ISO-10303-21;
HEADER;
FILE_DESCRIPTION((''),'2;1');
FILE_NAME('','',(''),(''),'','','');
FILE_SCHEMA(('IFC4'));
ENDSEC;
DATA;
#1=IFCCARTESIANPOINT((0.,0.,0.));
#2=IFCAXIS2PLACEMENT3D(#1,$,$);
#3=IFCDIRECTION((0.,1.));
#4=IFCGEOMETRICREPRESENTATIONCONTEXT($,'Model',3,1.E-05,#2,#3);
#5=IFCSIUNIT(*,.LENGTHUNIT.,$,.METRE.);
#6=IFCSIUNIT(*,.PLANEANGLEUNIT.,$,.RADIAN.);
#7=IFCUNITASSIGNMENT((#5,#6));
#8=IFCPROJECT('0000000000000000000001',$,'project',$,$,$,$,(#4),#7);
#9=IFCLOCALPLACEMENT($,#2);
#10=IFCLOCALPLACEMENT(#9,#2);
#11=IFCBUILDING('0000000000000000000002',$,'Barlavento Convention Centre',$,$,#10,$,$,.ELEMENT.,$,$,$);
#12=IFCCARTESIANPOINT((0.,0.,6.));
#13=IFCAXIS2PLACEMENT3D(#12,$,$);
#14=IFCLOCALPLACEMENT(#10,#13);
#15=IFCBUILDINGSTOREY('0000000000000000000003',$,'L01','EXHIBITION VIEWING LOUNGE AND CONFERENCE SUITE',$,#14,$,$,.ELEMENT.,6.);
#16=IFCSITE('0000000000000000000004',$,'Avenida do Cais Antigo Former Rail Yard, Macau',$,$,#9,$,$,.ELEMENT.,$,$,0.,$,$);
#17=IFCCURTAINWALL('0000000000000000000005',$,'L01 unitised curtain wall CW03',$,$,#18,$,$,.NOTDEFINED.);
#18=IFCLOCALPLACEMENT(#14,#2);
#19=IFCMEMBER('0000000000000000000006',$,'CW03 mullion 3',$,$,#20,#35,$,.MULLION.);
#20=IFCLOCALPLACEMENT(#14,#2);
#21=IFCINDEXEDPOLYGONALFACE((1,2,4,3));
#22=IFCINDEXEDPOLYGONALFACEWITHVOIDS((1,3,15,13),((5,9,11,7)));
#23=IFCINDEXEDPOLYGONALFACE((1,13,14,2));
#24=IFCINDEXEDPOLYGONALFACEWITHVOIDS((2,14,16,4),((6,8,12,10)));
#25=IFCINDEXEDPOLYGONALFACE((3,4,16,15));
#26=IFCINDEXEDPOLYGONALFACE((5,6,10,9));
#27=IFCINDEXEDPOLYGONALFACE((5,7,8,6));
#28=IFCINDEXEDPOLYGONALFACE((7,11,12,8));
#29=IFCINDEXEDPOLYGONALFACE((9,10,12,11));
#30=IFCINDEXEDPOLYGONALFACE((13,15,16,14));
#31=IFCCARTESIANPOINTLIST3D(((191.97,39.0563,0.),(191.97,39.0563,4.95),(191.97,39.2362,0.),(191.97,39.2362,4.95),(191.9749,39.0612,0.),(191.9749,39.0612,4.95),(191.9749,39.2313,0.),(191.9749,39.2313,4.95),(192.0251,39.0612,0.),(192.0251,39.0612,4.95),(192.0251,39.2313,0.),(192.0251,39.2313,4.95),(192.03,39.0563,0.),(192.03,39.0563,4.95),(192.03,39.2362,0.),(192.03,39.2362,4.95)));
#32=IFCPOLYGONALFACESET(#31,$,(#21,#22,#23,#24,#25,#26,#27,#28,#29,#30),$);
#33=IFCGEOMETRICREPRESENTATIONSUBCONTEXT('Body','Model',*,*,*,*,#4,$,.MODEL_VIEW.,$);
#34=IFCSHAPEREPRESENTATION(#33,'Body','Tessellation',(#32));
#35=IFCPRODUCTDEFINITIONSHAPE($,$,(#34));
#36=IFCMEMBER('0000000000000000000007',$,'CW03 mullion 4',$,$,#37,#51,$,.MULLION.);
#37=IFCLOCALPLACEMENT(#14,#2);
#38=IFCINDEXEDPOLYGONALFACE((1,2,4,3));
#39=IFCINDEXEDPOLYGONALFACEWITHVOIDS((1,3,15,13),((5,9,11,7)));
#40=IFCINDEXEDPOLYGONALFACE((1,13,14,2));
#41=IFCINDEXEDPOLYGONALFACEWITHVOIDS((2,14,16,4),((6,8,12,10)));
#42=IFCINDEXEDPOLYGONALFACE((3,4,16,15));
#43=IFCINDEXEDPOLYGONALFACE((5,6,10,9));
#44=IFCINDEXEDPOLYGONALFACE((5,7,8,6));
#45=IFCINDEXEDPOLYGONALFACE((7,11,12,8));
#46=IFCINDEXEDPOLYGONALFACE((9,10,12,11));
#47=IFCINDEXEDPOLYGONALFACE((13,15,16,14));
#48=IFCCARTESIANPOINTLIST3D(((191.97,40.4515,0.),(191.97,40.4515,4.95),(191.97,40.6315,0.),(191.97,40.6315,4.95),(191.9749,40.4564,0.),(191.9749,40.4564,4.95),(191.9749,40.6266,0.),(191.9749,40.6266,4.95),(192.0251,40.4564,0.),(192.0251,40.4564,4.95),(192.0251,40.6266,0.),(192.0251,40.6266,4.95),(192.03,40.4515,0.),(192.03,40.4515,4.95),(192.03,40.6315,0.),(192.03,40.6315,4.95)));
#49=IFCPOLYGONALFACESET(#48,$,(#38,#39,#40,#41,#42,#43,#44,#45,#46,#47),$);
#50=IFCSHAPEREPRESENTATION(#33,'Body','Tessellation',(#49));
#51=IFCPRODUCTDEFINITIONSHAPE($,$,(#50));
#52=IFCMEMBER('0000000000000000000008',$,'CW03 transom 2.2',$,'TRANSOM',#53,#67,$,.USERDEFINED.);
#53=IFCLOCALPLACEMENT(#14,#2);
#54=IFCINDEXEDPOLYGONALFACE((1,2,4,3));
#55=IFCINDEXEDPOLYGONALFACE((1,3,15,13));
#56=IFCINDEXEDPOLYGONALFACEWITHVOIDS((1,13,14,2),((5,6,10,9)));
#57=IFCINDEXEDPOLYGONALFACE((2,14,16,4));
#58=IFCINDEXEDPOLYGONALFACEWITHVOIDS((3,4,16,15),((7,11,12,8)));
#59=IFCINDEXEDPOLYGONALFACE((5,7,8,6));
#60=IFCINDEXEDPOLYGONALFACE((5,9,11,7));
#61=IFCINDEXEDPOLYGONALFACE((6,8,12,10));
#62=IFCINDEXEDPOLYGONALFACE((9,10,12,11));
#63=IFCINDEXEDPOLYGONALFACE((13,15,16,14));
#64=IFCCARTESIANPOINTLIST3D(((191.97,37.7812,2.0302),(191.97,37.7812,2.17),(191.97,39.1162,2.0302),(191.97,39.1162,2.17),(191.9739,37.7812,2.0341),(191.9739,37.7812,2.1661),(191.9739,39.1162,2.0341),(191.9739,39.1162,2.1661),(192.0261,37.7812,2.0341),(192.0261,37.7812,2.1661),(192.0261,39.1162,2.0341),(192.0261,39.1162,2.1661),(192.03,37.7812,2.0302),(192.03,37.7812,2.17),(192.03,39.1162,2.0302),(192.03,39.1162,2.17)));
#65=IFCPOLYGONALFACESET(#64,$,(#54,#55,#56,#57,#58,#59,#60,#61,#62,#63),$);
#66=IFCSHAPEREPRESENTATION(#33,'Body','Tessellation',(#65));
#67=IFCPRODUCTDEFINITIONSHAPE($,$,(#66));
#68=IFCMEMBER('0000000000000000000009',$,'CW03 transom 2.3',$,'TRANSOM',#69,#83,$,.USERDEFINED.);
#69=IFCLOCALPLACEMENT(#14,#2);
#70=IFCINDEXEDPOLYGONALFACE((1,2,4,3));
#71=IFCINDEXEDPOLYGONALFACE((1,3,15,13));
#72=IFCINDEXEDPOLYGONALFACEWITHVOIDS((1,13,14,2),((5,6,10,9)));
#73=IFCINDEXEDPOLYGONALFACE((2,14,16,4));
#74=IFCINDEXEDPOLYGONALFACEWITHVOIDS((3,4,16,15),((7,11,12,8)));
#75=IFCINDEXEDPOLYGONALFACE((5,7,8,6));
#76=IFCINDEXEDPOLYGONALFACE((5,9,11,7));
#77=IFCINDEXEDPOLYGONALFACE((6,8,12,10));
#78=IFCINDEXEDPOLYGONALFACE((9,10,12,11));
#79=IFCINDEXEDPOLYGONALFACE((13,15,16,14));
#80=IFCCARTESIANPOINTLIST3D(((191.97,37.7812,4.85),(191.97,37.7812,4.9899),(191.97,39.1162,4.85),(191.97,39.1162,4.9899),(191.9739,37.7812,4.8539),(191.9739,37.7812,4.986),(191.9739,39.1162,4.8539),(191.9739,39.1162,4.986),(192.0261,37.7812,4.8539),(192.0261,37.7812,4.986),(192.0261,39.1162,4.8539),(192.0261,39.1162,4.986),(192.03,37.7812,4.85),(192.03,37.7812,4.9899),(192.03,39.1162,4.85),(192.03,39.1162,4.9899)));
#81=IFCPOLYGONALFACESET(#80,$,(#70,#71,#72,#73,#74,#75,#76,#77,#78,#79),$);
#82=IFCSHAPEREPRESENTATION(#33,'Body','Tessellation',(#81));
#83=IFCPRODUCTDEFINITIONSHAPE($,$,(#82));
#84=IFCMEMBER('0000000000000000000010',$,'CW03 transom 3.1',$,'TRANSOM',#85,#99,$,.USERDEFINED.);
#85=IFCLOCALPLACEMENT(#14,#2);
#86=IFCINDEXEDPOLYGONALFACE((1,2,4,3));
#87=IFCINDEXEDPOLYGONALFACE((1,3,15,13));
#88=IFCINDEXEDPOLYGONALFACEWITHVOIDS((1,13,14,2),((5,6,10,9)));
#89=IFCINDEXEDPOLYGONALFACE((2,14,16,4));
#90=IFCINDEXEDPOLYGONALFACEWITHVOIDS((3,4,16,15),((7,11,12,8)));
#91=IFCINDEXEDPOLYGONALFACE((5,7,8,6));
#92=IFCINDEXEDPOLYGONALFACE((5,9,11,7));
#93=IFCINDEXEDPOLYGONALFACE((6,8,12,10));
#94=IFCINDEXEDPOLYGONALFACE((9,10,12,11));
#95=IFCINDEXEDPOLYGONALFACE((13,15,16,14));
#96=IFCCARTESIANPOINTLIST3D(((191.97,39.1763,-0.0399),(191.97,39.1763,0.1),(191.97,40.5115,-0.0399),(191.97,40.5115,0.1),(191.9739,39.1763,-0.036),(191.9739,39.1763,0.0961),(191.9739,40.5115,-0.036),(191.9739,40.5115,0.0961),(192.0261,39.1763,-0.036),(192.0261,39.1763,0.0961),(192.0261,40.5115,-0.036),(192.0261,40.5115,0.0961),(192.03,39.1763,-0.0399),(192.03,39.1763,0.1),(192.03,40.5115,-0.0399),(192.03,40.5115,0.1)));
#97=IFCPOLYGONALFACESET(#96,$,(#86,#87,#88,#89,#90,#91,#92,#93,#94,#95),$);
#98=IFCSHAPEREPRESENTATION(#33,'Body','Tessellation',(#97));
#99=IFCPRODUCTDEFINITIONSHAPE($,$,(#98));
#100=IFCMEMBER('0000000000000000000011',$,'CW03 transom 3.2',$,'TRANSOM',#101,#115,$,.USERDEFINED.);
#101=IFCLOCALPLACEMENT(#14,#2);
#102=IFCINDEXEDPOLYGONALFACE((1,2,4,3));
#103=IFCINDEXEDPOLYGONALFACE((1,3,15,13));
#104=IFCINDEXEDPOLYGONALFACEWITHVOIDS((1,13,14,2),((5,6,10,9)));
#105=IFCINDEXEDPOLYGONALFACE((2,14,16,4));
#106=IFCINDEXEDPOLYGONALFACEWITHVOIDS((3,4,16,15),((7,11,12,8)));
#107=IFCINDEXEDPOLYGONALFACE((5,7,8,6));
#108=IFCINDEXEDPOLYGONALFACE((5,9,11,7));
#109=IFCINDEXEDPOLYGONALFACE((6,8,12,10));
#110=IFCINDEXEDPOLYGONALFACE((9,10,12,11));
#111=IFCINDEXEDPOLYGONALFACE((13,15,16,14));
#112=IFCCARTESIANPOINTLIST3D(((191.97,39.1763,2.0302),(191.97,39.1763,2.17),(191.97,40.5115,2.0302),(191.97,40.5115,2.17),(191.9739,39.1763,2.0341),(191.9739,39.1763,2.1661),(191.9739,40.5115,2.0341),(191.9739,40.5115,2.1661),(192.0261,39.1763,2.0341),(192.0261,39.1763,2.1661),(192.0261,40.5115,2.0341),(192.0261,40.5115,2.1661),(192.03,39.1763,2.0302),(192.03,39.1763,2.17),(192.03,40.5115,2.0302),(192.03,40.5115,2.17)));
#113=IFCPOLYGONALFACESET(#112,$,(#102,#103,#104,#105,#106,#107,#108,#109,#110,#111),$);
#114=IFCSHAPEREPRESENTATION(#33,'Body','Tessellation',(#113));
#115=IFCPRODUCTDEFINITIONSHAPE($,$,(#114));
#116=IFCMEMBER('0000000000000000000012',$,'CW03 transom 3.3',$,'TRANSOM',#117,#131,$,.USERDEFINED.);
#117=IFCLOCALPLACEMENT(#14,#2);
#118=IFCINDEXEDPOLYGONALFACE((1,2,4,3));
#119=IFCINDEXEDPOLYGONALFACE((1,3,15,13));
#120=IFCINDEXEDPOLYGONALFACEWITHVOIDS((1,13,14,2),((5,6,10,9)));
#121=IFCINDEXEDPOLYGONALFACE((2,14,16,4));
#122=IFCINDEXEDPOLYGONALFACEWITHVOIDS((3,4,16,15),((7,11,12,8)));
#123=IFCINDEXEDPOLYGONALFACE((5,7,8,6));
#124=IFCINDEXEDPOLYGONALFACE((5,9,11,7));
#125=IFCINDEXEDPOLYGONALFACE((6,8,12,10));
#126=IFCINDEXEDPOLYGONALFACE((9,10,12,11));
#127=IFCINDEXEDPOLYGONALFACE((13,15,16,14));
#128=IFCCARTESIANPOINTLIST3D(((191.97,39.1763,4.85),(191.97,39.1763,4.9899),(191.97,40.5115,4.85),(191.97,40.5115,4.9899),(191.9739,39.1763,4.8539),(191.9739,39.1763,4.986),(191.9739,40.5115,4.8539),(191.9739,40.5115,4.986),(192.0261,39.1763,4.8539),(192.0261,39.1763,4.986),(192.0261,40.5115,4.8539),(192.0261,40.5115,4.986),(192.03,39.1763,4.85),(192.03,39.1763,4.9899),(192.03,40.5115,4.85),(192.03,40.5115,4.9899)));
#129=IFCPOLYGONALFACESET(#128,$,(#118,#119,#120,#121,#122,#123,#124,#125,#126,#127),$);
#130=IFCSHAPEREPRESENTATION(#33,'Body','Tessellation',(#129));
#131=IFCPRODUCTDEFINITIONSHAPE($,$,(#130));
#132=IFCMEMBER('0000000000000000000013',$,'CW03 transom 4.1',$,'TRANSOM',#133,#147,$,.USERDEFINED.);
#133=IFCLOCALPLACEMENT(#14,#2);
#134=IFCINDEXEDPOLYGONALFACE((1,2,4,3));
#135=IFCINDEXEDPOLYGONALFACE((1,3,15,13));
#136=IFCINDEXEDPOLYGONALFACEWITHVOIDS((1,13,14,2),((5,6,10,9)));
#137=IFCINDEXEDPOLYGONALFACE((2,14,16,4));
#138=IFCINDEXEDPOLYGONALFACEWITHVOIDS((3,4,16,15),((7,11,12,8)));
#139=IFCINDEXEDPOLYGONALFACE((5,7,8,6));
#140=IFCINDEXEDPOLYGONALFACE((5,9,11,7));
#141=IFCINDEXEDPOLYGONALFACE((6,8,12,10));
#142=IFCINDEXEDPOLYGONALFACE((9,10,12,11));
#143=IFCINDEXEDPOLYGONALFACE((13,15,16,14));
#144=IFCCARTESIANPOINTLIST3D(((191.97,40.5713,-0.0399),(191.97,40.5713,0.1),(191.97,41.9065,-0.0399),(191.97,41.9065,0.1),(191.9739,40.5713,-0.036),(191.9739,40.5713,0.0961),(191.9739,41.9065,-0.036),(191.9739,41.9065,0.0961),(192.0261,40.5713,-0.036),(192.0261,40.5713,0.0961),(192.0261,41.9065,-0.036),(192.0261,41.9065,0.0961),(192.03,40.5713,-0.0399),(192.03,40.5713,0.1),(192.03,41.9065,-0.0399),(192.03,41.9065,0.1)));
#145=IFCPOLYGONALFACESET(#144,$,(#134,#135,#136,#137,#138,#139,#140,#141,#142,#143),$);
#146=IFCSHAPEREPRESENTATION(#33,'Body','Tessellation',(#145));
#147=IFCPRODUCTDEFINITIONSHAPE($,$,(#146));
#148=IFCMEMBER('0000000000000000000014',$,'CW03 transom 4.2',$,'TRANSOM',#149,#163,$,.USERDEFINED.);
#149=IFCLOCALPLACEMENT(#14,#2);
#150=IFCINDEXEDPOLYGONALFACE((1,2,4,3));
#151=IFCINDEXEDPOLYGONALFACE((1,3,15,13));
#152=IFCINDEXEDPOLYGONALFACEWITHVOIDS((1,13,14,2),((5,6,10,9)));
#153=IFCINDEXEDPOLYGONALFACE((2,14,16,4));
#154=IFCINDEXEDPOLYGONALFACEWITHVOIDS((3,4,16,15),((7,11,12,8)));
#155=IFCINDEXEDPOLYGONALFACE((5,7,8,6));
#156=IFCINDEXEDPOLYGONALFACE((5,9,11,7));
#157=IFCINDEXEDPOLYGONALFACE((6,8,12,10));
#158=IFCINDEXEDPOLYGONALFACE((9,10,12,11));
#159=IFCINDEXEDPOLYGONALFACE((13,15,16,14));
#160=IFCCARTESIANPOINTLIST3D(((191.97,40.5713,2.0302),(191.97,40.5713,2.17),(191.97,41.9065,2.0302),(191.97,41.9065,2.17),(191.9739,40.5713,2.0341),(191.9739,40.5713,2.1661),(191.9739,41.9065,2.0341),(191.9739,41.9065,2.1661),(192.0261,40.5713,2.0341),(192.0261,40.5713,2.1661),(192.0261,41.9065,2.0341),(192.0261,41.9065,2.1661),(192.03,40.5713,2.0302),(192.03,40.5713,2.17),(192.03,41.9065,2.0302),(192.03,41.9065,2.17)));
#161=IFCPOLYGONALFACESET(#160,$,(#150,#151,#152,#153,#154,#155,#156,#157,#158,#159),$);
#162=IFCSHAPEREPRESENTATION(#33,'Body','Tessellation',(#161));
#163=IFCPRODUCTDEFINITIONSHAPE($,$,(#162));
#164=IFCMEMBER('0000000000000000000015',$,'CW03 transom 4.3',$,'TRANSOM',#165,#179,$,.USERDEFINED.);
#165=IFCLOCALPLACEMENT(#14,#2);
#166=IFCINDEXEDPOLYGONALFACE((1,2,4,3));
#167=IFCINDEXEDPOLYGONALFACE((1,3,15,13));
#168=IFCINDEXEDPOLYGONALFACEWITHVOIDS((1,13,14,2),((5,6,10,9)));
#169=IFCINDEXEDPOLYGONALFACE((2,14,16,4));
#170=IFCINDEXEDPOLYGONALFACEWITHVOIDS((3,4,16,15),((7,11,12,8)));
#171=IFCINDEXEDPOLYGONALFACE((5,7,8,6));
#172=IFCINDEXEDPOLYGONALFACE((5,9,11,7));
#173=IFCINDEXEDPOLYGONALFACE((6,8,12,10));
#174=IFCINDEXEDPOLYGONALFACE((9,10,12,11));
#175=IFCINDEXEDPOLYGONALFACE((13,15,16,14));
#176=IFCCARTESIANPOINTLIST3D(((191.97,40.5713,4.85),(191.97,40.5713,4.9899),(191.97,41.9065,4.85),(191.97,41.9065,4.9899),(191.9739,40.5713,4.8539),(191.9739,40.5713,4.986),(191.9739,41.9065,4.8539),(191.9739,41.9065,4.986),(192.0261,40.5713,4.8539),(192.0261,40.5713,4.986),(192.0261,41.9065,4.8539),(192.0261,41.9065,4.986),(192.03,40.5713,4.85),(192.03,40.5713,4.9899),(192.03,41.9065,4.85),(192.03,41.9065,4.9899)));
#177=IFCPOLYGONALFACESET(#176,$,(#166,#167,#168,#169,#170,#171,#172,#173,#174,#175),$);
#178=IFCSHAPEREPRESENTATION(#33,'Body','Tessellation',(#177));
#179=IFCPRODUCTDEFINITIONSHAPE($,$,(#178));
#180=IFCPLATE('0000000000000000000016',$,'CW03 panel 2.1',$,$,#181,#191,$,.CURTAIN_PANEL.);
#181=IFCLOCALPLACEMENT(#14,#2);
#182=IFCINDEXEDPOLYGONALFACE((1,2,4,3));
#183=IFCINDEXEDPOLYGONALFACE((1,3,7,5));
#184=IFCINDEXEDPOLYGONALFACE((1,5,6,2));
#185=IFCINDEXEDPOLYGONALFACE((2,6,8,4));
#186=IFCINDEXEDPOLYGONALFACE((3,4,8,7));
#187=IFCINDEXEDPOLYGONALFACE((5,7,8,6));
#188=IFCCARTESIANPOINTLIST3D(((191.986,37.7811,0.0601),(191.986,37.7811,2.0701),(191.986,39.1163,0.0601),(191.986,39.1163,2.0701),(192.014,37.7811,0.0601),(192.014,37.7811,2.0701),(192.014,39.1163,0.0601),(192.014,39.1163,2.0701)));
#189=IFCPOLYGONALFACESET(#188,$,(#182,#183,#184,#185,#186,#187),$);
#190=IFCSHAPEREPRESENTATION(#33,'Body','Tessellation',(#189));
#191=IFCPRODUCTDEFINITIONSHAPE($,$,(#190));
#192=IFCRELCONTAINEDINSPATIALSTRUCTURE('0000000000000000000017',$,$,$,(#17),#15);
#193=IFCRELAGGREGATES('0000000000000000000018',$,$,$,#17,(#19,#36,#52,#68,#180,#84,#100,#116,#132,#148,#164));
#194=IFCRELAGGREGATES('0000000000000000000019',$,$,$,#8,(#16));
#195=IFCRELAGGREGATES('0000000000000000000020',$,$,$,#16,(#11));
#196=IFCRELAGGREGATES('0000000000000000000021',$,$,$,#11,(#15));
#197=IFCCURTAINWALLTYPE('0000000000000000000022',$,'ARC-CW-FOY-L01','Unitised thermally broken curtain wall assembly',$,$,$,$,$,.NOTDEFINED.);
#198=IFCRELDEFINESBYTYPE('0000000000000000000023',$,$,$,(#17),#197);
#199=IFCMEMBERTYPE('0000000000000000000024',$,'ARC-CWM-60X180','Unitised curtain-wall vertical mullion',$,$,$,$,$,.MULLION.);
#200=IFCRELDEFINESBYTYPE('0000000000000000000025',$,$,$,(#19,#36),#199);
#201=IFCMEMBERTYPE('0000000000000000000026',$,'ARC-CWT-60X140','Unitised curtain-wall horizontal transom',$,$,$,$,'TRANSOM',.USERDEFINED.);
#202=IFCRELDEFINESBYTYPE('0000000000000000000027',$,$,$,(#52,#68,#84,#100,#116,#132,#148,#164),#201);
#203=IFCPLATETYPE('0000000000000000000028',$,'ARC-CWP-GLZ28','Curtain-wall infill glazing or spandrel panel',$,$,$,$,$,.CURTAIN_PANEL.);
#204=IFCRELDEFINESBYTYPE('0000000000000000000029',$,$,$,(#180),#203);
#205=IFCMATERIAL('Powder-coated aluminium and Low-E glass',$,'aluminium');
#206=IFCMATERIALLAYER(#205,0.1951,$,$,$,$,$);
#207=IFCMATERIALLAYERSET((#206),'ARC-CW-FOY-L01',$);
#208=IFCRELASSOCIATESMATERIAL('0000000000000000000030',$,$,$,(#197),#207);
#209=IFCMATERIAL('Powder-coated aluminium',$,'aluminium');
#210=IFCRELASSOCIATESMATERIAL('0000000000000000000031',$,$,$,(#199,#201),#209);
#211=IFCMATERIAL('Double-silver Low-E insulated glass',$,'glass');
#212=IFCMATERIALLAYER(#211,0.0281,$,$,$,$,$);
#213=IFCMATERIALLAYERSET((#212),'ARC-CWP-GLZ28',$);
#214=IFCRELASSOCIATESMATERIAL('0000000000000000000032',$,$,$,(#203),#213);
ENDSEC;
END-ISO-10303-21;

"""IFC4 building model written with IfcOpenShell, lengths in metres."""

from ifc_helpers import new_model, si_unit, direction, frame, origin, origin_2d, place, context, subcontext, project, spatial, rectangle, hollow_rectangle, extrude, material, layer, layer_set, material_profile, profile_set, type_object, element, aggregate, save


model = new_model("IFC4")

# Units and contexts
model_context = context("Model", 3, precision=1e-05, world=origin(), true_north=direction((0.0, 1.0)))
body_context = subcontext(model_context, "Body", "Model", "MODEL_VIEW")
ifc_project = project(units=[si_unit("LENGTHUNIT", "METRE"), si_unit("PLANEANGLEUNIT", "RADIAN")], contexts=[model_context])

# Site, building, storey
site_placement = place(None, origin())
site = spatial("IfcSite", under=ifc_project, at=site_placement, Name="Avenida do Cais Antigo Former Rail Yard, Macau", CompositionType="ELEMENT", RefElevation=0.0)
building_placement = place(site_placement, origin())
building = spatial("IfcBuilding", under=site, at=building_placement, Name="Barlavento Convention Centre", CompositionType="ELEMENT")
storey_placement = place(building_placement, frame((0.0, 0.0, 6.0)))
storey = spatial("IfcBuildingStorey", under=building, at=storey_placement, Name="L01", Description="EXHIBITION VIEWING LOUNGE AND CONFERENCE SUITE", CompositionType="ELEMENT", Elevation=6.0)

# Curtain wall, members, plate
ifc_material_1 = material(Name="Powder-coated aluminium and Low-E glass", Category="aluminium")
ifc_layer_1 = layer(ifc_material_1, 0.1951)
ifc_layer_set_1 = layer_set([ifc_layer_1], Name="ARC-CW-FOY-L01")
curtain_wall_type = type_object("IfcCurtainWallType", Name="ARC-CW-FOY-L01", Description="Unitised thermally broken curtain wall assembly", PredefinedType="NOTDEFINED", material=ifc_layer_set_1)
curtain_wall_placement = place(storey_placement, origin())
curtain_wall = element("IfcCurtainWall", 1, at=curtain_wall_placement, inside=storey, type_object=curtain_wall_type, Name="L01 unitised curtain wall CW03", PredefinedType="NOTDEFINED")
ifc_material_2 = material(Name="Powder-coated aluminium", Category="aluminium")
ifc_material_profile_1 = material_profile(ifc_material_2, hollow_rectangle(XDim=0.0601, YDim=0.1799, WallThickness=0.0049, at=origin_2d()), Name="AL-MULL 60x180x5")
ifc_profile_set_1 = profile_set([ifc_material_profile_1], Name="Powder-coated aluminium")
member_type_1 = type_object("IfcMemberType", Name="ARC-CWM-60X180", Description="Unitised curtain-wall vertical mullion", PredefinedType="MULLION", material=ifc_profile_set_1)
member_1_placement = place(storey_placement, frame((192.0, 39.1462, 0.0), z_axis=(0.0, 0.0, 1.0), x_axis=(-1.0, 0.0, 0.0)))
member_1 = element("IfcMember", 2, at=member_1_placement, type_object=member_type_1, Name="CW03 mullion 3", PredefinedType="MULLION", context=body_context, shape_type="SweptSolid", body=[
    extrude(hollow_rectangle(XDim=0.0601, YDim=0.1799, WallThickness=0.0049, at=origin_2d()), origin(), (0.0, 0.0, 1.0), 4.95),
])
member_2_placement = place(storey_placement, frame((192.0, 40.5415, 0.0), z_axis=(0.0, 0.0, 1.0), x_axis=(-1.0, 0.0, 0.0)))
member_2 = element("IfcMember", 3, at=member_2_placement, type_object=member_type_1, Name="CW03 mullion 4", PredefinedType="MULLION", context=body_context, shape_type="SweptSolid", body=[
    extrude(hollow_rectangle(XDim=0.0601, YDim=0.1799, WallThickness=0.0049, at=origin_2d()), origin(), (0.0, 0.0, 1.0), 4.95),
])
ifc_material_profile_2 = material_profile(ifc_material_2, hollow_rectangle(XDim=0.0601, YDim=0.1399, WallThickness=0.0039, at=origin_2d()), Name="AL-TRAN 60x140x4")
ifc_profile_set_2 = profile_set([ifc_material_profile_2], Name="Powder-coated aluminium")
member_type_2 = type_object("IfcMemberType", Name="ARC-CWT-60X140", Description="Unitised curtain-wall horizontal transom", ElementType="TRANSOM", PredefinedType="USERDEFINED", material=ifc_profile_set_2)
member_3_placement = place(storey_placement, frame((192.0, 37.7812, 2.1001), z_axis=(0.0, 1.0, 0.0), x_axis=(-1.0, 0.0, 0.0)))
member_3 = element("IfcMember", 4, at=member_3_placement, type_object=member_type_2, Name="CW03 transom 2.2", ObjectType="TRANSOM", PredefinedType="USERDEFINED", context=body_context, shape_type="SweptSolid", body=[
    extrude(hollow_rectangle(XDim=0.0601, YDim=0.1399, WallThickness=0.0039, at=origin_2d()), origin(), (0.0, 0.0, 1.0), 1.335),
])
member_4_placement = place(storey_placement, frame((192.0, 37.7812, 4.9199), z_axis=(0.0, 1.0, 0.0), x_axis=(-1.0, 0.0, 0.0)))
member_4 = element("IfcMember", 5, at=member_4_placement, type_object=member_type_2, Name="CW03 transom 2.3", ObjectType="TRANSOM", PredefinedType="USERDEFINED", context=body_context, shape_type="SweptSolid", body=[
    extrude(hollow_rectangle(XDim=0.0601, YDim=0.1399, WallThickness=0.0039, at=origin_2d()), origin(), (0.0, 0.0, 1.0), 1.335),
])
member_5_placement = place(storey_placement, frame((192.0, 39.1763, 0.03), z_axis=(0.0, 1.0, 0.0), x_axis=(-1.0, 0.0, 0.0)))
member_5 = element("IfcMember", 6, at=member_5_placement, type_object=member_type_2, Name="CW03 transom 3.1", ObjectType="TRANSOM", PredefinedType="USERDEFINED", context=body_context, shape_type="SweptSolid", body=[
    extrude(hollow_rectangle(XDim=0.0601, YDim=0.1399, WallThickness=0.0039, at=origin_2d()), origin(), (0.0, 0.0, 1.0), 1.3352),
])
member_6_placement = place(storey_placement, frame((192.0, 39.1763, 2.1001), z_axis=(0.0, 1.0, 0.0), x_axis=(-1.0, 0.0, 0.0)))
member_6 = element("IfcMember", 7, at=member_6_placement, type_object=member_type_2, Name="CW03 transom 3.2", ObjectType="TRANSOM", PredefinedType="USERDEFINED", context=body_context, shape_type="SweptSolid", body=[
    extrude(hollow_rectangle(XDim=0.0601, YDim=0.1399, WallThickness=0.0039, at=origin_2d()), origin(), (0.0, 0.0, 1.0), 1.3352),
])
member_7_placement = place(storey_placement, frame((192.0, 39.1763, 4.9199), z_axis=(0.0, 1.0, 0.0), x_axis=(-1.0, 0.0, 0.0)))
member_7 = element("IfcMember", 8, at=member_7_placement, type_object=member_type_2, Name="CW03 transom 3.3", ObjectType="TRANSOM", PredefinedType="USERDEFINED", context=body_context, shape_type="SweptSolid", body=[
    extrude(hollow_rectangle(XDim=0.0601, YDim=0.1399, WallThickness=0.0039, at=origin_2d()), origin(), (0.0, 0.0, 1.0), 1.3352),
])
member_8_placement = place(storey_placement, frame((192.0, 40.5713, 0.03), z_axis=(0.0, 1.0, 0.0), x_axis=(-1.0, 0.0, 0.0)))
member_8 = element("IfcMember", 9, at=member_8_placement, type_object=member_type_2, Name="CW03 transom 4.1", ObjectType="TRANSOM", PredefinedType="USERDEFINED", context=body_context, shape_type="SweptSolid", body=[
    extrude(hollow_rectangle(XDim=0.0601, YDim=0.1399, WallThickness=0.0039, at=origin_2d()), origin(), (0.0, 0.0, 1.0), 1.3352),
])
member_9_placement = place(storey_placement, frame((192.0, 40.5713, 2.1001), z_axis=(0.0, 1.0, 0.0), x_axis=(-1.0, 0.0, 0.0)))
member_9 = element("IfcMember", 10, at=member_9_placement, type_object=member_type_2, Name="CW03 transom 4.2", ObjectType="TRANSOM", PredefinedType="USERDEFINED", context=body_context, shape_type="SweptSolid", body=[
    extrude(hollow_rectangle(XDim=0.0601, YDim=0.1399, WallThickness=0.0039, at=origin_2d()), origin(), (0.0, 0.0, 1.0), 1.3352),
])
member_10_placement = place(storey_placement, frame((192.0, 40.5713, 4.9199), z_axis=(0.0, 1.0, 0.0), x_axis=(-1.0, 0.0, 0.0)))
member_10 = element("IfcMember", 11, at=member_10_placement, type_object=member_type_2, Name="CW03 transom 4.3", ObjectType="TRANSOM", PredefinedType="USERDEFINED", context=body_context, shape_type="SweptSolid", body=[
    extrude(hollow_rectangle(XDim=0.0601, YDim=0.1399, WallThickness=0.0039, at=origin_2d()), origin(), (0.0, 0.0, 1.0), 1.3352),
])
ifc_material_3 = material(Name="Double-silver Low-E insulated glass", Category="glass")
ifc_layer_2 = layer(ifc_material_3, 0.0281)
ifc_layer_set_2 = layer_set([ifc_layer_2], Name="ARC-CWP-GLZ28")
plate_type = type_object("IfcPlateType", Name="ARC-CWP-GLZ28", Description="Curtain-wall infill glazing or spandrel panel", PredefinedType="CURTAIN_PANEL", material=ifc_layer_set_2)
plate_1_placement = place(storey_placement, frame((192.0, 38.4487, 0.0601), z_axis=(0.0, 0.0, 1.0), x_axis=(0.0, 1.0, 0.0)))
plate_1 = element("IfcPlate", 12, at=plate_1_placement, type_object=plate_type, Name="CW03 panel 2.1", PredefinedType="CURTAIN_PANEL", context=body_context, shape_type="SweptSolid", body=[
    extrude(rectangle(XDim=1.3352, YDim=0.0281, at=origin_2d()), origin(), (0.0, 0.0, 1.0), 2.01),
])
aggregate(curtain_wall, [member_1, member_2, member_3, member_4, plate_1, member_5, member_6, member_7, member_8, member_9, member_10])

save(model, "model.ifc")
